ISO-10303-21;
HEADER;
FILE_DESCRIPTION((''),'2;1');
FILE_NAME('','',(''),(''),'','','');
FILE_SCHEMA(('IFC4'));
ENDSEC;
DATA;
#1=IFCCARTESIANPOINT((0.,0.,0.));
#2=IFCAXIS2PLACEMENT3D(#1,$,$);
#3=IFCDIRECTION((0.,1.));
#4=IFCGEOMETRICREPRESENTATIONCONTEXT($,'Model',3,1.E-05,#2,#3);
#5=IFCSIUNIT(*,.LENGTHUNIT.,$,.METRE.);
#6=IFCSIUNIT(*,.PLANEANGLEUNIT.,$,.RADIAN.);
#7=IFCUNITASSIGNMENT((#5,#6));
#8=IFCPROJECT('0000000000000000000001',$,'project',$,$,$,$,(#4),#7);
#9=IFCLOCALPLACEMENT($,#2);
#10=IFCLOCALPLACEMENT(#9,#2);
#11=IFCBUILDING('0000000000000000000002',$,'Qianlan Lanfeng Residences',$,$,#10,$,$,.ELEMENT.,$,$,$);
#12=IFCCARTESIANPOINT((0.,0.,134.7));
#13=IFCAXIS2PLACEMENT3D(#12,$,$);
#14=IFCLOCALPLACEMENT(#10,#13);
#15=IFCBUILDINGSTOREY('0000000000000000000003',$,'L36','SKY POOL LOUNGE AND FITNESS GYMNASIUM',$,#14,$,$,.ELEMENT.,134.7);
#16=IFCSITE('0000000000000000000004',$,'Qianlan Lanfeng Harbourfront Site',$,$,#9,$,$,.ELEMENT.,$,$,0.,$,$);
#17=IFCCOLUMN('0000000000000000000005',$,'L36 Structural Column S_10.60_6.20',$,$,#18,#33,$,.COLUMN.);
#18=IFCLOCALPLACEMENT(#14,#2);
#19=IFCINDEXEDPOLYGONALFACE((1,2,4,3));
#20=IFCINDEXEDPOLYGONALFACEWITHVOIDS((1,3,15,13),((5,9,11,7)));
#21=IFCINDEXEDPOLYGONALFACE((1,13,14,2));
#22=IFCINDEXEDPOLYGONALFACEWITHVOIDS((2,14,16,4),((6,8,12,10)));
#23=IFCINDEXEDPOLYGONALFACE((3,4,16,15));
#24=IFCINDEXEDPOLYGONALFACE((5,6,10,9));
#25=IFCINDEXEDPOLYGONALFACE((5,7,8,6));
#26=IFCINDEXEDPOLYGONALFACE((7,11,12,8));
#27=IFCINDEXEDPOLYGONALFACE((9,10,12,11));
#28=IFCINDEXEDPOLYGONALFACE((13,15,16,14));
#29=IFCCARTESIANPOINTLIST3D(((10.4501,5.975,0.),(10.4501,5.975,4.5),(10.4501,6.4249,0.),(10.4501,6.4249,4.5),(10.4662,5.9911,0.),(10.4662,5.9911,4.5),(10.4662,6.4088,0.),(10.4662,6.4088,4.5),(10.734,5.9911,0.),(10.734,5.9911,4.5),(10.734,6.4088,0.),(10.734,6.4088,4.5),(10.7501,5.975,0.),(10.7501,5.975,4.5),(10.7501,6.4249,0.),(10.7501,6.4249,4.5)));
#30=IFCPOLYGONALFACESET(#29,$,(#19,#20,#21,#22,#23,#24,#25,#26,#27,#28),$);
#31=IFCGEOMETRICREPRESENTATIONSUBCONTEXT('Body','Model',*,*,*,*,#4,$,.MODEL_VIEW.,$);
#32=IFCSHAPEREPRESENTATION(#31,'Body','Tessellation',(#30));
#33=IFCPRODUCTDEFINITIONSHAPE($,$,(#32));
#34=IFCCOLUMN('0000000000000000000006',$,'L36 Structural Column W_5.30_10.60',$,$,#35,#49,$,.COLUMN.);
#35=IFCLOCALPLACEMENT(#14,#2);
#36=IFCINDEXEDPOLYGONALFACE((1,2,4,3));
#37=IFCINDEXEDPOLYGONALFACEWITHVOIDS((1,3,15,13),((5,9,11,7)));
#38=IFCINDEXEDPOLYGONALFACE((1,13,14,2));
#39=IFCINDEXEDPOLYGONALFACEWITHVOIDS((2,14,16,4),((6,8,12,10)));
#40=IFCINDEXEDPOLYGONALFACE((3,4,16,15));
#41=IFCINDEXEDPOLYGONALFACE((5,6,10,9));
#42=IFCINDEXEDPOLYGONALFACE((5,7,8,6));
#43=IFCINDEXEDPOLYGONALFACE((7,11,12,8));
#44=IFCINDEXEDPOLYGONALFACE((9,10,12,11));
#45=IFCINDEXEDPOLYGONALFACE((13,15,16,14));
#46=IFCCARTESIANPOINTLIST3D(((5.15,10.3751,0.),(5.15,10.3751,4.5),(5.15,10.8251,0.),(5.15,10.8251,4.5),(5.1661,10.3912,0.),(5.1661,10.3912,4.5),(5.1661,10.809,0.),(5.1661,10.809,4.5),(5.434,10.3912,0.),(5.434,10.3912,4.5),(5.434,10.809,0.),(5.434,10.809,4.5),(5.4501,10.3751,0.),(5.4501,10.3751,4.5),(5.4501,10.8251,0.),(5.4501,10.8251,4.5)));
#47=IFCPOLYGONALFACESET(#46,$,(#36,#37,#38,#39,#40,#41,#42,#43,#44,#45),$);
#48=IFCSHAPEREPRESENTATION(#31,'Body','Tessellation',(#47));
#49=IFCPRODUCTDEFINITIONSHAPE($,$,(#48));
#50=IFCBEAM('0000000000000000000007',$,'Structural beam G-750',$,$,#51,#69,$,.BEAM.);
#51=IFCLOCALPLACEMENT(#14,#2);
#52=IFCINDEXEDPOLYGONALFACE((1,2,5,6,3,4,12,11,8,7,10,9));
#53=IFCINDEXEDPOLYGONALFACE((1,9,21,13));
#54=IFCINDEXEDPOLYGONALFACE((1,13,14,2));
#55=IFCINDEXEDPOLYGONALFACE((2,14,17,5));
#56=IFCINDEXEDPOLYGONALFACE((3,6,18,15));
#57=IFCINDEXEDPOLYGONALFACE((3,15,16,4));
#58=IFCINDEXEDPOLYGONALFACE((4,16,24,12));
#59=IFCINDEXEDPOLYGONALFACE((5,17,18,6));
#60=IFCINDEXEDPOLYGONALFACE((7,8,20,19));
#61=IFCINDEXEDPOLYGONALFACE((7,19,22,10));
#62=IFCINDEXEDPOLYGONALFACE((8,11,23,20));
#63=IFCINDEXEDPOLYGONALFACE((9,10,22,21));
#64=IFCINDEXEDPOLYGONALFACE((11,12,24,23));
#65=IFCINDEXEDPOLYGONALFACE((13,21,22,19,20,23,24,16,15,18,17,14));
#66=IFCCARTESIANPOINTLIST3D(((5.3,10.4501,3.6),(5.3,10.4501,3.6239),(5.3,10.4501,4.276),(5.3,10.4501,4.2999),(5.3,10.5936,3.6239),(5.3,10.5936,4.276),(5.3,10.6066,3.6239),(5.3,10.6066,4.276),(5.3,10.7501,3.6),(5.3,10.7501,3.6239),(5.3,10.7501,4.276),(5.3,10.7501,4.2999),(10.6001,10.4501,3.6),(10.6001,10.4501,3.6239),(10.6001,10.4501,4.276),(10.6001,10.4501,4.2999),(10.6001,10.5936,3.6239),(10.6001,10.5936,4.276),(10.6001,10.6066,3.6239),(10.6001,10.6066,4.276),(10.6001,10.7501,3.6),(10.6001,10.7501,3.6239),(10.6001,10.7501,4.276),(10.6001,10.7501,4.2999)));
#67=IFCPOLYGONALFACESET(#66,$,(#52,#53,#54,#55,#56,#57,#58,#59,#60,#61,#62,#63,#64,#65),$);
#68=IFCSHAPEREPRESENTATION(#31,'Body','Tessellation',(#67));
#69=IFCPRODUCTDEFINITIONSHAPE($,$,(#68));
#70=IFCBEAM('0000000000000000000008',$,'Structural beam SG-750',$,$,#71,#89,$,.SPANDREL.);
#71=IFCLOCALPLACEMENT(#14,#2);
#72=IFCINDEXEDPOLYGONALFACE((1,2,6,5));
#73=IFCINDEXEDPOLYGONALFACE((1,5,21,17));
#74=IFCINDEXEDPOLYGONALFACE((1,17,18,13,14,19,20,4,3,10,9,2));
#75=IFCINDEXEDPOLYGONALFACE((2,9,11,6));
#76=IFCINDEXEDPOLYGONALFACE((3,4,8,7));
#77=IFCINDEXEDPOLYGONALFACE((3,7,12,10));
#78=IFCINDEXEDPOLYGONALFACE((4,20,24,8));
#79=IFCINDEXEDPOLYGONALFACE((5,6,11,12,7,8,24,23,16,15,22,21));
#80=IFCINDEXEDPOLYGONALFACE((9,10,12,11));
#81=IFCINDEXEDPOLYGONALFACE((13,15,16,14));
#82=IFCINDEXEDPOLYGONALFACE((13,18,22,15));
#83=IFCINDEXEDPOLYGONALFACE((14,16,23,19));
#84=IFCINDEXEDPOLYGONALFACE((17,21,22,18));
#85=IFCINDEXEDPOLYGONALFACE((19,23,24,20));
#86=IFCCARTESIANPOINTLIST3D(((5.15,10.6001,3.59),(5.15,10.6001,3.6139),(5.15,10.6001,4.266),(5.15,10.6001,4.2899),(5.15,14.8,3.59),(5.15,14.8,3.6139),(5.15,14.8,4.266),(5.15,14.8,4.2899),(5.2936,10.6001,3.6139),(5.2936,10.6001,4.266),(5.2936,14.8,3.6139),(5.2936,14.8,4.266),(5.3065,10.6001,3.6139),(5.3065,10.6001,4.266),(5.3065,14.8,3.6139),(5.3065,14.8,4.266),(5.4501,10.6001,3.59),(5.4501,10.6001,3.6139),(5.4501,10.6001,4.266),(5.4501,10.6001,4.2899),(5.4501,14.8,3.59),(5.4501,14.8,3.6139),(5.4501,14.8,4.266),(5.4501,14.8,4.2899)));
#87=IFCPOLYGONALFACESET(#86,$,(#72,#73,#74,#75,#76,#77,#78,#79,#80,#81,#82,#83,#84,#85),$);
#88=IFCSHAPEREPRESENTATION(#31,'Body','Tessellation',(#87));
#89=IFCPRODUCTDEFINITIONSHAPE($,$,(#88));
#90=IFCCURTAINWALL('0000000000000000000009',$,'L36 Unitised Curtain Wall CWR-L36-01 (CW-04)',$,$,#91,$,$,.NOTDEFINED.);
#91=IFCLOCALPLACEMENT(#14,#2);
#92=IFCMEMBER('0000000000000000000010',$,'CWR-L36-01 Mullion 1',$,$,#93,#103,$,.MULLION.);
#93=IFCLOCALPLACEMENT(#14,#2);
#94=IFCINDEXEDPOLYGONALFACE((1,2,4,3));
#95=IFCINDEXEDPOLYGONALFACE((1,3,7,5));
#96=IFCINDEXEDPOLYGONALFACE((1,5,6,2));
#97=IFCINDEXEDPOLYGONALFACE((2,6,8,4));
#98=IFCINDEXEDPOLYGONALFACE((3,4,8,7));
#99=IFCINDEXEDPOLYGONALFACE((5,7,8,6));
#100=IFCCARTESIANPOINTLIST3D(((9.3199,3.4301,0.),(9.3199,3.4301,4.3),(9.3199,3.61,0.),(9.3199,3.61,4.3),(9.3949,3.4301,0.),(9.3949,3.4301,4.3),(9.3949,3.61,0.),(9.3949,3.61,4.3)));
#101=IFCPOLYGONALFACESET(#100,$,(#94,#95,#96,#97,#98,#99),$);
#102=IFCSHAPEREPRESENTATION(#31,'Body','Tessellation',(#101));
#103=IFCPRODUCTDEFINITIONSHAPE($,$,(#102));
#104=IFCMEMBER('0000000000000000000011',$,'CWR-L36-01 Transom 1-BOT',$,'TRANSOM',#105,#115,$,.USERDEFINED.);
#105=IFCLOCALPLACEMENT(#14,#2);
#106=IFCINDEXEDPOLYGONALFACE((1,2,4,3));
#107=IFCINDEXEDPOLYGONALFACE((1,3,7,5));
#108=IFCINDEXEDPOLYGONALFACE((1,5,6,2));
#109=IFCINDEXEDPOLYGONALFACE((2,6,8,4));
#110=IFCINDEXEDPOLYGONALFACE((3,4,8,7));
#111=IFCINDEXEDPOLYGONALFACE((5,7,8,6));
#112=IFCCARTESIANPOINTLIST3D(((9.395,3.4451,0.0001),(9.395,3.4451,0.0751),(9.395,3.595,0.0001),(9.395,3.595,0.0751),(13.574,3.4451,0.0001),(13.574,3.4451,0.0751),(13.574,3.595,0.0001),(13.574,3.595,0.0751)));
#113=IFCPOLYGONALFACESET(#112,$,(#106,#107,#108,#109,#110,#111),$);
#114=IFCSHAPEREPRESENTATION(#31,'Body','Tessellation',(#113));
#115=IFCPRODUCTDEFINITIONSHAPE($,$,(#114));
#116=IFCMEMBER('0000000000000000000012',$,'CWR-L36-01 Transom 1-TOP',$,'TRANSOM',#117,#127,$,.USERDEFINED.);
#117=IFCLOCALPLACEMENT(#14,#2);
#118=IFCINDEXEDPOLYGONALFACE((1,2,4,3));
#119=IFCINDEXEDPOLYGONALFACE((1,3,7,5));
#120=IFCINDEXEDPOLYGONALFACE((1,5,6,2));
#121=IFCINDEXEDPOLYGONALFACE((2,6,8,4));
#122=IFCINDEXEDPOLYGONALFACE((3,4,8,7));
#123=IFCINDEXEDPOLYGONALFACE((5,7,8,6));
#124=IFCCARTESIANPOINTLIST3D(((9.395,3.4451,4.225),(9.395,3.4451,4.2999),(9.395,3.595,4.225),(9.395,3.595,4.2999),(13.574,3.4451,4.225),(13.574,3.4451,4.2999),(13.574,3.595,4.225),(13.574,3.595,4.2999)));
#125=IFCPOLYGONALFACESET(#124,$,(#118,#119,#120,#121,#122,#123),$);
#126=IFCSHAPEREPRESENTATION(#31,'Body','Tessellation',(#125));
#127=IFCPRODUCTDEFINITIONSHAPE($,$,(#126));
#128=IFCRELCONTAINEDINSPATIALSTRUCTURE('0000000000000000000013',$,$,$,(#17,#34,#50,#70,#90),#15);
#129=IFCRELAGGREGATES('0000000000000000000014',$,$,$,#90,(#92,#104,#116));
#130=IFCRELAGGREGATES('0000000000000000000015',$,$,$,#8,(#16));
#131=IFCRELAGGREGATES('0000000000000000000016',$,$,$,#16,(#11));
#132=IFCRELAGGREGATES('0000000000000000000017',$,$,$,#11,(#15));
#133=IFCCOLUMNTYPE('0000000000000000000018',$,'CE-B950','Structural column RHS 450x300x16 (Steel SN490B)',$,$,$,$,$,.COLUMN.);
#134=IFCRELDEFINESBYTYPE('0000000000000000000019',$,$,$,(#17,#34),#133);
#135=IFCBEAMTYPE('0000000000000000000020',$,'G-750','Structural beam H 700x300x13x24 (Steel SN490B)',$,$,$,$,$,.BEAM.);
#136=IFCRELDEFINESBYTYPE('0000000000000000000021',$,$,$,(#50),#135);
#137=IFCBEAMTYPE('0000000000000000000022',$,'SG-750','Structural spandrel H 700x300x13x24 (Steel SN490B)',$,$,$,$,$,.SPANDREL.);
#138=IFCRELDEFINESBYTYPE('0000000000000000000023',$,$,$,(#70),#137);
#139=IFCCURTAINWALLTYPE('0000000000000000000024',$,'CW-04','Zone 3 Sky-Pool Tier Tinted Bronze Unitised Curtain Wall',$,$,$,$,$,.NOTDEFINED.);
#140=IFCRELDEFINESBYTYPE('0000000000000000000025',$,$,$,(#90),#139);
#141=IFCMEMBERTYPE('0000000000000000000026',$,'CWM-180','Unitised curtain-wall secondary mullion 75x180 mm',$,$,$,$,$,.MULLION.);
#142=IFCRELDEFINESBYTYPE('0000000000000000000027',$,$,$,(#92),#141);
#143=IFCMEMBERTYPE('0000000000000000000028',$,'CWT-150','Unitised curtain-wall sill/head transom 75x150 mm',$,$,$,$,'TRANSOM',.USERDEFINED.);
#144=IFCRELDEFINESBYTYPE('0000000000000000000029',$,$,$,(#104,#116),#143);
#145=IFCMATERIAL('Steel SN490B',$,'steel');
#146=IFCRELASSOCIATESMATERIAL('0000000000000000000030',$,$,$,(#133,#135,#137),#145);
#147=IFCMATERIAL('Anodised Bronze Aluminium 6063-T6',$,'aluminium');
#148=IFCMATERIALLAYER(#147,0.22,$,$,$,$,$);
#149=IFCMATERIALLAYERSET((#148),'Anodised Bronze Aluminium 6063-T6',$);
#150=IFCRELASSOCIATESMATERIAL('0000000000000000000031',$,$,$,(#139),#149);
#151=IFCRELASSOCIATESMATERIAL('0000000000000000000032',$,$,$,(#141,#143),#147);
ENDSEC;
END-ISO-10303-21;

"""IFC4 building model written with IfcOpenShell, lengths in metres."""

from ifc_helpers import new_model, si_unit, direction, frame, origin, origin_2d, place, context, subcontext, project, spatial, rectangle, hollow_rectangle, i_section, extrude, source, transform, mapped, material, layer, layer_set, material_profile, profile_set, type_object, element, aggregate, save


model = new_model("IFC4")

# Units and contexts
model_context = context("Model", 3, precision=1e-05, world=origin(), true_north=direction((0.0, 1.0)))
body_context = subcontext(model_context, "Body", "Model", "MODEL_VIEW")
ifc_project = project(units=[si_unit("LENGTHUNIT", "METRE"), si_unit("PLANEANGLEUNIT", "RADIAN")], contexts=[model_context])

# Site, building, storey
site_placement = place(None, origin())
site = spatial("IfcSite", under=ifc_project, at=site_placement, Name="Qianlan Lanfeng Harbourfront Site", CompositionType="ELEMENT", RefElevation=0.0)
building_placement = place(site_placement, origin())
building = spatial("IfcBuilding", under=site, at=building_placement, Name="Qianlan Lanfeng Residences", CompositionType="ELEMENT")
storey_placement = place(building_placement, frame((0.0, 0.0, 134.7)))
storey = spatial("IfcBuildingStorey", under=building, at=storey_placement, Name="L36", Description="SKY POOL LOUNGE AND FITNESS GYMNASIUM", CompositionType="ELEMENT", Elevation=134.7)

# Columns
ifc_material_1 = material(Name="Steel SN490B", Category="steel")
ifc_material_profile_1 = material_profile(ifc_material_1, hollow_rectangle(XDim=0.3, YDim=0.45, WallThickness=0.0161, at=origin_2d()), Name="RHS 450x300x16")
ifc_profile_set_1 = profile_set([ifc_material_profile_1], Name="Steel SN490B")
column_type = type_object("IfcColumnType", Name="CE-B950", Description="Structural column RHS 450x300x16 (Steel SN490B)", PredefinedType="COLUMN", material=ifc_profile_set_1)
for number, where, z_axis, x_axis, name in (
    (1, (10.6001, 6.2, 0.0), (0.0, 0.0, 1.0), (1.0, 0.0, 0.0), "L36 Structural Column S_10.60_6.20"),
    (2, (5.3, 10.6001, 0.0), (0.0, 0.0, 1.0), (1.0, 0.0, 0.0), "L36 Structural Column W_5.30_10.60"),
):
    element("IfcColumn", number, at=place(storey_placement, frame(where, z_axis=z_axis, x_axis=x_axis)), inside=storey, type_object=column_type, Name=name, PredefinedType="COLUMN", context=body_context, shape_type="SweptSolid", body=[
        extrude(hollow_rectangle(XDim=0.3, YDim=0.45, WallThickness=0.0161, at=origin_2d()), origin(), (0.0, 0.0, 1.0), 4.5),
    ])

# Beams
ifc_material_profile_2 = material_profile(ifc_material_1, i_section(OverallWidth=0.3, OverallDepth=0.7, WebThickness=0.0129, FlangeThickness=0.0239, at=origin_2d()), Name="H 700x300x13x24")
ifc_profile_set_2 = profile_set([ifc_material_profile_2], Name="Steel SN490B")
beam_type_1 = type_object("IfcBeamType", Name="G-750", Description="Structural beam H 700x300x13x24 (Steel SN490B)", PredefinedType="BEAM", material=ifc_profile_set_2)
beam_1_placement = place(storey_placement, frame((5.3, 10.6001, 3.95), z_axis=(1.0, 0.0, 0.0), x_axis=(0.0, 1.0, 0.0)))
element("IfcBeam", 3, at=beam_1_placement, inside=storey, type_object=beam_type_1, Name="Structural beam G-750", PredefinedType="BEAM", context=body_context, shape_type="SweptSolid", body=[
    extrude(i_section(OverallWidth=0.3, OverallDepth=0.7, WebThickness=0.0129, FlangeThickness=0.0239, at=origin_2d()), origin(), (0.0, 0.0, 1.0), 5.3),
])
ifc_material_profile_3 = material_profile(ifc_material_1, i_section(OverallWidth=0.3, OverallDepth=0.7, WebThickness=0.0129, FlangeThickness=0.0239, at=origin_2d()), Name="H 700x300x13x24")
ifc_profile_set_3 = profile_set([ifc_material_profile_3], Name="Steel SN490B")
beam_type_2 = type_object("IfcBeamType", Name="SG-750", Description="Structural spandrel H 700x300x13x24 (Steel SN490B)", PredefinedType="SPANDREL", material=ifc_profile_set_3)
beam_2_placement = place(storey_placement, frame((5.3, 10.6001, 3.9399), z_axis=(0.0, 1.0, 0.0), x_axis=(-1.0, 0.0, 0.0)))
element("IfcBeam", 4, at=beam_2_placement, inside=storey, type_object=beam_type_2, Name="Structural beam SG-750", PredefinedType="SPANDREL", context=body_context, shape_type="SweptSolid", body=[
    extrude(i_section(OverallWidth=0.3, OverallDepth=0.7, WebThickness=0.0129, FlangeThickness=0.0239, at=origin_2d()), origin(), (0.0, 0.0, 1.0), 4.2),
])

# Curtain wall, members
ifc_material_2 = material(Name="Anodised Bronze Aluminium 6063-T6", Category="aluminium")
ifc_layer_1 = layer(ifc_material_2, 0.22)
ifc_layer_set_1 = layer_set([ifc_layer_1], Name="Anodised Bronze Aluminium 6063-T6")
curtain_wall_type = type_object("IfcCurtainWallType", Name="CW-04", Description="Zone 3 Sky-Pool Tier Tinted Bronze Unitised Curtain Wall", PredefinedType="NOTDEFINED", material=ifc_layer_set_1)
curtain_wall_placement = place(storey_placement, origin())
curtain_wall = element("IfcCurtainWall", 5, at=curtain_wall_placement, inside=storey, type_object=curtain_wall_type, Name="L36 Unitised Curtain Wall CWR-L36-01 (CW-04)", PredefinedType="NOTDEFINED")
ifc_material_profile_4 = material_profile(ifc_material_2, rectangle(XDim=0.075, YDim=0.1799, at=origin_2d()), Name="ALU MULLION 75x180")
ifc_profile_set_4 = profile_set([ifc_material_profile_4], Name="Anodised Bronze Aluminium 6063-T6")
member_type_1 = type_object("IfcMemberType", Name="CWM-180", Description="Unitised curtain-wall secondary mullion 75x180 mm", PredefinedType="MULLION", material=ifc_profile_set_4)
shared_shape_1 = source(origin(), body_context, "Body", "SweptSolid", [
    extrude(rectangle(XDim=0.075, YDim=0.1799, at=origin_2d()), origin(), (0.0, 0.0, 1.0), 4.3),
])
member_1_placement = place(storey_placement, frame((9.3574, 3.52, 0.0), z_axis=(0.0, 0.0, 1.0), x_axis=(1.0, 0.0, 0.0)))
member_1 = element("IfcMember", 6, at=member_1_placement, type_object=member_type_1, Name="CWR-L36-01 Mullion 1", PredefinedType="MULLION", context=body_context, shape_type="MappedRepresentation", body=[
    mapped(shared_shape_1, transform((0.0, 0.0, 0.0), scale=1.0)),
])
ifc_material_profile_5 = material_profile(ifc_material_2, rectangle(XDim=0.075, YDim=0.1499, at=origin_2d()), Name="ALU TRANSOM 75x150")
ifc_profile_set_5 = profile_set([ifc_material_profile_5], Name="Anodised Bronze Aluminium 6063-T6")
member_type_2 = type_object("IfcMemberType", Name="CWT-150", Description="Unitised curtain-wall sill/head transom 75x150 mm", ElementType="TRANSOM", PredefinedType="USERDEFINED", material=ifc_profile_set_5)
shared_shape_2 = source(origin(), body_context, "Body", "SweptSolid", [
    extrude(rectangle(XDim=0.075, YDim=0.1499, at=origin_2d()), origin(), (0.0, 0.0, 1.0), 4.179),
])
member_2_placement = place(storey_placement, frame((9.395, 3.52, 0.0376), z_axis=(1.0, 0.0, 0.0), x_axis=(0.0, 0.0, 1.0)))
member_2 = element("IfcMember", 7, at=member_2_placement, type_object=member_type_2, Name="CWR-L36-01 Transom 1-BOT", ObjectType="TRANSOM", PredefinedType="USERDEFINED", context=body_context, shape_type="MappedRepresentation", body=[
    mapped(shared_shape_2, transform((0.0, 0.0, 0.0), scale=1.0)),
])
member_3_placement = place(storey_placement, frame((9.395, 3.52, 4.2625), z_axis=(1.0, 0.0, 0.0), x_axis=(0.0, 0.0, 1.0)))
member_3 = element("IfcMember", 8, at=member_3_placement, type_object=member_type_2, Name="CWR-L36-01 Transom 1-TOP", ObjectType="TRANSOM", PredefinedType="USERDEFINED", context=body_context, shape_type="MappedRepresentation", body=[
    mapped(shared_shape_2, transform((0.0, 0.0, 0.0), scale=1.0)),
])
aggregate(curtain_wall, [member_1, member_2, member_3])

save(model, "model.ifc")
